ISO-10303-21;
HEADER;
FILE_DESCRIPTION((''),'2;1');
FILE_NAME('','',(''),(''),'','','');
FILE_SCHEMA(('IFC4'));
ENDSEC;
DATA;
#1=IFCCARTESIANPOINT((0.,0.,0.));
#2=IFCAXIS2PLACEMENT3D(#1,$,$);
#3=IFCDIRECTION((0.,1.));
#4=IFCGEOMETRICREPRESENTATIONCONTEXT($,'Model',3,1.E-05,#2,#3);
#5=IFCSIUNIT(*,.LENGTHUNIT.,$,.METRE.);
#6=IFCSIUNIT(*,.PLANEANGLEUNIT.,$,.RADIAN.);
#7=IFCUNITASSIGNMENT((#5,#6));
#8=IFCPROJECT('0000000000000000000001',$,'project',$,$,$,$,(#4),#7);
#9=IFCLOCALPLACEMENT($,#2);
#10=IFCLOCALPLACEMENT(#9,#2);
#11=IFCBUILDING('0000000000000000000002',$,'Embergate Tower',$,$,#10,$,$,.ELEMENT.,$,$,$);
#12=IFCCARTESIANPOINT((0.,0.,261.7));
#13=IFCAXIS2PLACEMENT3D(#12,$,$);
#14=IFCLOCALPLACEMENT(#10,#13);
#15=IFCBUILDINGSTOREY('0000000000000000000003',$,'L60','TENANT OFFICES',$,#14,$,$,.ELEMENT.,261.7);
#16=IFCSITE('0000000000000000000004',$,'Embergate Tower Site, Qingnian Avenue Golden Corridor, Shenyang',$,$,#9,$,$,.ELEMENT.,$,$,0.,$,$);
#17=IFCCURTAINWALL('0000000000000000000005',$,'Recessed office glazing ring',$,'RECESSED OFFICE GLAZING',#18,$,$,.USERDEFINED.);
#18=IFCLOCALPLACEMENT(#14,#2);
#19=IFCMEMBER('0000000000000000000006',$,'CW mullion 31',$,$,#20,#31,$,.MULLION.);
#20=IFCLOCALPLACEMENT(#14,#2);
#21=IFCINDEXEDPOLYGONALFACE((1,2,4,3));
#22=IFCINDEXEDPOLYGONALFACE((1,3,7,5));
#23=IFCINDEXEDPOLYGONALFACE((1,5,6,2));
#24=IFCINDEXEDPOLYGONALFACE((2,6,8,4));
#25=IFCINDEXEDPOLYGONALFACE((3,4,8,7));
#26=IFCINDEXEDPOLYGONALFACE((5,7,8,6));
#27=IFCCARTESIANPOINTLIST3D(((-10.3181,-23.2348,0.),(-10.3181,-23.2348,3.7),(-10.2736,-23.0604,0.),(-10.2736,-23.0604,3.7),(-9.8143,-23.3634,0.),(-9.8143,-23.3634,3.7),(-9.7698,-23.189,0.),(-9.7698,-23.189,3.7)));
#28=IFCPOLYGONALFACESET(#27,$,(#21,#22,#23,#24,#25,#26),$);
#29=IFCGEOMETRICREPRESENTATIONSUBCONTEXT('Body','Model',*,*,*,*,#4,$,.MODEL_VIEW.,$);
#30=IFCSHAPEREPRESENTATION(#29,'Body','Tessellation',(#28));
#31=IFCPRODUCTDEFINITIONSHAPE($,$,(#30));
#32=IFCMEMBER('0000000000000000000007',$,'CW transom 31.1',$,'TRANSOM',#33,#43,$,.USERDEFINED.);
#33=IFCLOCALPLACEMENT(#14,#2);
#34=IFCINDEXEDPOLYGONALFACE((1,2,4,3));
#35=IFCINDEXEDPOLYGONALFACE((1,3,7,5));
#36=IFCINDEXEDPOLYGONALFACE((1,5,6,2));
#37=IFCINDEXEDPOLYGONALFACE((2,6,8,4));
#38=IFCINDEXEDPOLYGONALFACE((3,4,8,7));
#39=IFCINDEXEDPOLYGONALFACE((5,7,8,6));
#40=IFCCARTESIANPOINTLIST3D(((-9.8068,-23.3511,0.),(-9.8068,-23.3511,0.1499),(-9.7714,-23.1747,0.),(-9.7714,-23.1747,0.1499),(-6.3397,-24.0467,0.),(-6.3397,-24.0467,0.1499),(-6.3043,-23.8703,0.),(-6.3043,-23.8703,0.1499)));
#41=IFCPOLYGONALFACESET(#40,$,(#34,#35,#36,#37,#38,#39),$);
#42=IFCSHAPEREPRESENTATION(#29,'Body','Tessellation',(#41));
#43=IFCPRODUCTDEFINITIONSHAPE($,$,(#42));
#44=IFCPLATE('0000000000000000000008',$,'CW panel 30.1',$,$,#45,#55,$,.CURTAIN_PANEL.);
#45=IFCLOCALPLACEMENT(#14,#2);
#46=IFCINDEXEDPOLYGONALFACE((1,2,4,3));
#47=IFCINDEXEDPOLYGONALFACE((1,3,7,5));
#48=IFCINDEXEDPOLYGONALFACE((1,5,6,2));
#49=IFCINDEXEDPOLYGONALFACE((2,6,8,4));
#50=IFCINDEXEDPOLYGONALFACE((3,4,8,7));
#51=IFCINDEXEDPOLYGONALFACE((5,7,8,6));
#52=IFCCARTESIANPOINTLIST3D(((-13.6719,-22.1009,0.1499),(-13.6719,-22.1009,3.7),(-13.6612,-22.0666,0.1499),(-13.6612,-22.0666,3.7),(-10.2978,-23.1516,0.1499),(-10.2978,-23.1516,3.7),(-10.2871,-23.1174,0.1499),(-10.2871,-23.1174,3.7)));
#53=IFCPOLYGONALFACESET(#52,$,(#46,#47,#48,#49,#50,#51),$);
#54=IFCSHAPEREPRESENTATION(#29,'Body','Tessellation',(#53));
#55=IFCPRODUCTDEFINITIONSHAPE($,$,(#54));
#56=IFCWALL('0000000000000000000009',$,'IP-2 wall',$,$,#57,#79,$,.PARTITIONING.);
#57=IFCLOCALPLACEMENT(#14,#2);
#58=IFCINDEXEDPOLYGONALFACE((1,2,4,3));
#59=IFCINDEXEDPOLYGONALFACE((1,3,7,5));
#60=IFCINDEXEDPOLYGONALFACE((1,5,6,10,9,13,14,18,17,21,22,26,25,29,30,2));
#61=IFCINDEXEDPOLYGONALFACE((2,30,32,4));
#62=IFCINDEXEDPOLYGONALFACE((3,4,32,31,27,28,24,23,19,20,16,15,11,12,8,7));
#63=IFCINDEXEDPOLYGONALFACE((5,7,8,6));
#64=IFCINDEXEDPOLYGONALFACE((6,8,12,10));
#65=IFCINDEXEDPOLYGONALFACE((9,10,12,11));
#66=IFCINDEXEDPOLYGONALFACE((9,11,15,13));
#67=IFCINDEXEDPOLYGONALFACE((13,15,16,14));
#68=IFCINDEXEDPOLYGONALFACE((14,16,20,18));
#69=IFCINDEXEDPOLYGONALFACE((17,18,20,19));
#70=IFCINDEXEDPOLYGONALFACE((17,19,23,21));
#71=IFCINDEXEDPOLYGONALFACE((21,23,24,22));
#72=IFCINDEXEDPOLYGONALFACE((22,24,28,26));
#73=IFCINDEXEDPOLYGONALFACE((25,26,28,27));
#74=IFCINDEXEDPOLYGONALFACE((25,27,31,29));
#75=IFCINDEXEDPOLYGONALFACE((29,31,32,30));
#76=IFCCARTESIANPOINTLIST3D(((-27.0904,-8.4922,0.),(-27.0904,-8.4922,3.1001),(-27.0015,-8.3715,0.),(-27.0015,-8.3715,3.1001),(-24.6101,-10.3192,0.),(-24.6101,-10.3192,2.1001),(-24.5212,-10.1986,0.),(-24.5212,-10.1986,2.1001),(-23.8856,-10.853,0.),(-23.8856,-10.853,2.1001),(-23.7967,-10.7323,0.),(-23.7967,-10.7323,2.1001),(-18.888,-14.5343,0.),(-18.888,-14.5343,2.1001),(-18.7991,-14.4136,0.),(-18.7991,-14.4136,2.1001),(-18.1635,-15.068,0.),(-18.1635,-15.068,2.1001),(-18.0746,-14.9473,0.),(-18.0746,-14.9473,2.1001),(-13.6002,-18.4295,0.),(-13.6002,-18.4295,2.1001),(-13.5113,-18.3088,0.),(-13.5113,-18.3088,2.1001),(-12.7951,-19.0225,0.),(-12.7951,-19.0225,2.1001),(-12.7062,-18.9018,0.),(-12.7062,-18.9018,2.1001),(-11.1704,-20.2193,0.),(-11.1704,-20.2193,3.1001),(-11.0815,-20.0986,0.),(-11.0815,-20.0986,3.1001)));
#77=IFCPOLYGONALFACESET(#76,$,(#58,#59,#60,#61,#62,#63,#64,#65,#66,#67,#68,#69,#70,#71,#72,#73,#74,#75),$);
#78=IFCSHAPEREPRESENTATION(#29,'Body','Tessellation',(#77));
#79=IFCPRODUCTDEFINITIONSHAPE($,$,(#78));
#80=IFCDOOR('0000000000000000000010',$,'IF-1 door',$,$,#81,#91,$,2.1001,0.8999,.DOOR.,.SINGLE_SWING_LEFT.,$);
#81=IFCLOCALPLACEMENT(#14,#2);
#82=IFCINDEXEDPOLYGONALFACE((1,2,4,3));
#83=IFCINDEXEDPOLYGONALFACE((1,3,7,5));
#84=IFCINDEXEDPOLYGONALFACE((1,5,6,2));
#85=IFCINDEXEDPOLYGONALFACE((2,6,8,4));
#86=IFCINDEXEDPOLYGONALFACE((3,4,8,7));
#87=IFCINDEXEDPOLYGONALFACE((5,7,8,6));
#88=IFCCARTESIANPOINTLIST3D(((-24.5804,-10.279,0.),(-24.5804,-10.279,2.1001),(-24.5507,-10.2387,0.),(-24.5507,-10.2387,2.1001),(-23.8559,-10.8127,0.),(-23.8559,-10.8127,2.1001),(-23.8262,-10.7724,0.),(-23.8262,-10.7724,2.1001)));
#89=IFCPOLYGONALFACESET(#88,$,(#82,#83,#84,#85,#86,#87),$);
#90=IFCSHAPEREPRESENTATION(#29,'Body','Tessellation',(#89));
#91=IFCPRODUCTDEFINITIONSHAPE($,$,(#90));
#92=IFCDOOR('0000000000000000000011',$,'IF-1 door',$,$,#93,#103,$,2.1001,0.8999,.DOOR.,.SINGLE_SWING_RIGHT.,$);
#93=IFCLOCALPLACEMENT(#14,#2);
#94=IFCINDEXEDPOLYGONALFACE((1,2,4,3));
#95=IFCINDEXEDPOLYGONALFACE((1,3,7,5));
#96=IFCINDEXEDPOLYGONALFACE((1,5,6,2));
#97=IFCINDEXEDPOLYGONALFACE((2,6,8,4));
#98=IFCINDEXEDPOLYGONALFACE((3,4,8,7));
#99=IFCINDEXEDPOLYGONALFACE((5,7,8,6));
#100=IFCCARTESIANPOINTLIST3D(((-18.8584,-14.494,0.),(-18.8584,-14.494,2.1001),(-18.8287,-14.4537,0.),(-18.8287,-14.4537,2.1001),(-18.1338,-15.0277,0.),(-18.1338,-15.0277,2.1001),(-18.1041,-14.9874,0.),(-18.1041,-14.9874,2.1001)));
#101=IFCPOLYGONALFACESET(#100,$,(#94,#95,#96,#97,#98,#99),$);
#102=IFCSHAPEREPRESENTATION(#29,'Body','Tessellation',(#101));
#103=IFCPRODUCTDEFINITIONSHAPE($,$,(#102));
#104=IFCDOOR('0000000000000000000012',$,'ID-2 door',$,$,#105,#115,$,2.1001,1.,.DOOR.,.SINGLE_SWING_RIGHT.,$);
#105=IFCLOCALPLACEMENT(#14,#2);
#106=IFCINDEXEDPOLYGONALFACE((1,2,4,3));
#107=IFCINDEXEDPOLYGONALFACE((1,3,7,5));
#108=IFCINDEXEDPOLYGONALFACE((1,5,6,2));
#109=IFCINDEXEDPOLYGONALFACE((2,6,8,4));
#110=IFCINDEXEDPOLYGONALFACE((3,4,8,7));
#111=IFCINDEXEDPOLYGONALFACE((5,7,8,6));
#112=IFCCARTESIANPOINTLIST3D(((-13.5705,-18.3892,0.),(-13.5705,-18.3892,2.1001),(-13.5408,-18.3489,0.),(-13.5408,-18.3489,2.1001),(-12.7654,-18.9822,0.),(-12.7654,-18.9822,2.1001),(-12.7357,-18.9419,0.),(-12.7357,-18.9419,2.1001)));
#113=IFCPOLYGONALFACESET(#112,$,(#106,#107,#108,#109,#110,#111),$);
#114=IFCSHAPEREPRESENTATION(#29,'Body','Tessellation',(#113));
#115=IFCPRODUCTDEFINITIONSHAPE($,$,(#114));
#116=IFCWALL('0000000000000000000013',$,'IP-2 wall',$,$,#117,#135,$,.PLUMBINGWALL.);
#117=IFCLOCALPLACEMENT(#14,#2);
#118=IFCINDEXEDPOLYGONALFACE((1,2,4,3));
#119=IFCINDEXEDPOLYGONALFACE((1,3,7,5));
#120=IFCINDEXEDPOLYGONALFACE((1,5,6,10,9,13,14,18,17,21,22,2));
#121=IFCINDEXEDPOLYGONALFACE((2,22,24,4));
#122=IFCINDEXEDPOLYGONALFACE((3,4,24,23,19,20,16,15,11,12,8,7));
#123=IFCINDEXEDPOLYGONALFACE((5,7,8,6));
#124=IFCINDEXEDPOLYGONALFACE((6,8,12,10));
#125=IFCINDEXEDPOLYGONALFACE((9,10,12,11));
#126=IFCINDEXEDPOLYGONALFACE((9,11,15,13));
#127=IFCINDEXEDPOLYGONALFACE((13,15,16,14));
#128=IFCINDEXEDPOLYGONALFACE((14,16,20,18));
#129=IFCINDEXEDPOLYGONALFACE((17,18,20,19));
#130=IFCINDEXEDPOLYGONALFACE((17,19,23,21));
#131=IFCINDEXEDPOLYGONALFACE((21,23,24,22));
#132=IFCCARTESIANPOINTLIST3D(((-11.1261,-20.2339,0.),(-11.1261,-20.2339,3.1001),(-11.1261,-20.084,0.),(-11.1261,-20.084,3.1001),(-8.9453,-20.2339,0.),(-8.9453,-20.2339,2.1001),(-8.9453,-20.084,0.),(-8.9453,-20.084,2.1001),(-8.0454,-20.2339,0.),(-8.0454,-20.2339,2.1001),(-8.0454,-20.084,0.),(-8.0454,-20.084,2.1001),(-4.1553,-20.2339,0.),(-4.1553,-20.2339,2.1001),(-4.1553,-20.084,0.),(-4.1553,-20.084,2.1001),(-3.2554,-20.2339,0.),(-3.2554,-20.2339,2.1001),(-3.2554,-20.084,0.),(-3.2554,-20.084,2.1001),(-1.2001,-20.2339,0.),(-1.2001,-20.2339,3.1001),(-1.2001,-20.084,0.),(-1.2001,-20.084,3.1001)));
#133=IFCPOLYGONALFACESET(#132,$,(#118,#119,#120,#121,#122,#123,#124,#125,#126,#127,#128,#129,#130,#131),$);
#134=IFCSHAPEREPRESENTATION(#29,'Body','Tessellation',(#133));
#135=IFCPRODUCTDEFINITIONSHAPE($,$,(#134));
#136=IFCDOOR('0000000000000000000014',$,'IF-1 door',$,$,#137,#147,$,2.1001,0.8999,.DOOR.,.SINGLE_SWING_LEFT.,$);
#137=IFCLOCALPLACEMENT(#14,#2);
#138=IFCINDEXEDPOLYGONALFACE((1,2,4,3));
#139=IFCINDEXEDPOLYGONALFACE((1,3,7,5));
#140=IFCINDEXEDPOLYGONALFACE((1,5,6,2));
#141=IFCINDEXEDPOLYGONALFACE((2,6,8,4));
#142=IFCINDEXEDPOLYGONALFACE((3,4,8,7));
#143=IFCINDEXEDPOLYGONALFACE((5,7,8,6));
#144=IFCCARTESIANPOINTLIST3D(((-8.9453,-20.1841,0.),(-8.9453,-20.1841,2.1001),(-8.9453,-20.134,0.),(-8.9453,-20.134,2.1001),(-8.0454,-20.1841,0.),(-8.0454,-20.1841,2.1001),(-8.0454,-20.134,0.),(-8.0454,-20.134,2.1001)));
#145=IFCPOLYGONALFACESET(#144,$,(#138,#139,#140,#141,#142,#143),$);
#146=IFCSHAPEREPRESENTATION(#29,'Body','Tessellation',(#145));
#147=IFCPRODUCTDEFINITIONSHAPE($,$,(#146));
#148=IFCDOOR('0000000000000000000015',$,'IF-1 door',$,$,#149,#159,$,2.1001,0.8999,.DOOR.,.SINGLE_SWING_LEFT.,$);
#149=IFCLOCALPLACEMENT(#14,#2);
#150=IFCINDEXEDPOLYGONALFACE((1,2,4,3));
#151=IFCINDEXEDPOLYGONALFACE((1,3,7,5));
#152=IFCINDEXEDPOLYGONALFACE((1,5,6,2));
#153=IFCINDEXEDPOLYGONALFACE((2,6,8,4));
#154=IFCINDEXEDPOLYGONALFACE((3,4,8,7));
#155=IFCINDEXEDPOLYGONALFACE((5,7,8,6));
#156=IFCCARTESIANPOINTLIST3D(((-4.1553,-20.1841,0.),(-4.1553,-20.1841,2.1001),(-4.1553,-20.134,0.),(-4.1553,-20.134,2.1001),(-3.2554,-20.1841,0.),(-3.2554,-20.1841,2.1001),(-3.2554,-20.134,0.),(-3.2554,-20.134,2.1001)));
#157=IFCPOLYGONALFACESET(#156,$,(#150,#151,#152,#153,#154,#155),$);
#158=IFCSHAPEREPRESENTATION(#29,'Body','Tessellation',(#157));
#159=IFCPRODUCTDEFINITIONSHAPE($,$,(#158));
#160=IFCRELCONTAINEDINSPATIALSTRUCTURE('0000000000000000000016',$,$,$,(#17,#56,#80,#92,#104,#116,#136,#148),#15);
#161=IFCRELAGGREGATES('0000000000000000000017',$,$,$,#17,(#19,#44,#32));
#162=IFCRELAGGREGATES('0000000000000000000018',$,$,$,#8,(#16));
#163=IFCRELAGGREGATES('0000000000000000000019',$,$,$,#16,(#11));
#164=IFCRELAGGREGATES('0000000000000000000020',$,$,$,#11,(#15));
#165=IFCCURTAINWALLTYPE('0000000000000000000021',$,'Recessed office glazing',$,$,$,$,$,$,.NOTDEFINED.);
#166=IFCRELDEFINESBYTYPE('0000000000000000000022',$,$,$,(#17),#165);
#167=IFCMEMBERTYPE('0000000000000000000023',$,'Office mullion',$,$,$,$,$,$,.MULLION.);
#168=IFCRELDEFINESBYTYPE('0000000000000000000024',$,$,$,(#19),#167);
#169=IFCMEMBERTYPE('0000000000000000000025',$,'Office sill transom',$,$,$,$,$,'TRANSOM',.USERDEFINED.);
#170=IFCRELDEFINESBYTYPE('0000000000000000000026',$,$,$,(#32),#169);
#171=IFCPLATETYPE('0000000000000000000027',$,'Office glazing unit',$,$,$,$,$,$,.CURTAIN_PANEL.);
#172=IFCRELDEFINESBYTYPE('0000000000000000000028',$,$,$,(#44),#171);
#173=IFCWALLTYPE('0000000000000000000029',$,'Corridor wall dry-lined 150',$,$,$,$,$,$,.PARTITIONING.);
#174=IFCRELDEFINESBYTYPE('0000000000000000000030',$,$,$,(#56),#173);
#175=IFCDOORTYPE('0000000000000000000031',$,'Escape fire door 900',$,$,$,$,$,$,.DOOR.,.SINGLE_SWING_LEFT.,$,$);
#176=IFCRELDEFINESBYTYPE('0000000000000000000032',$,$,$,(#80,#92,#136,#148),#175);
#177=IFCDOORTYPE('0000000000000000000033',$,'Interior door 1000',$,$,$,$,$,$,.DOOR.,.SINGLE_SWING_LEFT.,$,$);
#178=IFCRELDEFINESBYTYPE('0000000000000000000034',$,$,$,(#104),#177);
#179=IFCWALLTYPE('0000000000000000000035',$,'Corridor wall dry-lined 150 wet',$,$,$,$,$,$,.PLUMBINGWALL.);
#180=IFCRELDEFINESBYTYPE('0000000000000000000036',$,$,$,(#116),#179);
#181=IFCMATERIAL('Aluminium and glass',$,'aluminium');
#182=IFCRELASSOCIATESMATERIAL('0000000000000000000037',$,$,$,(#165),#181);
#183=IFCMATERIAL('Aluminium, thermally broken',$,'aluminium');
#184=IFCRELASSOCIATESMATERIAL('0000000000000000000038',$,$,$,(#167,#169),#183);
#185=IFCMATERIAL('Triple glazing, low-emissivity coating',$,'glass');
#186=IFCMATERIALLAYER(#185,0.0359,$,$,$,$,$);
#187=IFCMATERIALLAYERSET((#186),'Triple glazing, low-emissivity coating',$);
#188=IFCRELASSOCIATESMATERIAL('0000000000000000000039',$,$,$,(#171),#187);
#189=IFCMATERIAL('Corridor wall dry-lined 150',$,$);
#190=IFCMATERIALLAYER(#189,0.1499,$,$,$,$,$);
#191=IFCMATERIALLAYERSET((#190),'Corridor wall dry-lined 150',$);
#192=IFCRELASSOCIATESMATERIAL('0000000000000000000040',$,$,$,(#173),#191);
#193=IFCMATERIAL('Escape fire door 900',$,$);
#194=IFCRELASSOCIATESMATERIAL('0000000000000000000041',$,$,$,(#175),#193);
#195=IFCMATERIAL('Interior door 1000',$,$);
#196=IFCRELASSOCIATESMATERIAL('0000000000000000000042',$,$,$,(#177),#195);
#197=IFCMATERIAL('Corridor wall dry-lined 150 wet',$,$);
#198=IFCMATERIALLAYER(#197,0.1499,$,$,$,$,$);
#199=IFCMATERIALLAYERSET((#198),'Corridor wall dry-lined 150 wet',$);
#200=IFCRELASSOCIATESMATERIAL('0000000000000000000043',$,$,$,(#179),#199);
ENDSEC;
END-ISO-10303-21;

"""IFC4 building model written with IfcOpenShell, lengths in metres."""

from ifc_helpers import new_model, si_unit, direction, frame, frame_2d, origin, origin_2d, place, context, subcontext, project, spatial, rectangle, extrude, source, transform, mapped, material, layer, layer_set, material_profile, profile_set, type_object, element, fill, aggregate, save


model = new_model("IFC4")

# Units and contexts
model_context = context("Model", 3, precision=1e-05, world=origin(), true_north=direction((0.0, 1.0)))
body_context = subcontext(model_context, "Body", "Model", "MODEL_VIEW")
ifc_project = project(units=[si_unit("LENGTHUNIT", "METRE"), si_unit("PLANEANGLEUNIT", "RADIAN")], contexts=[model_context])

# Site, building, storey
site_placement = place(None, origin())
site = spatial("IfcSite", under=ifc_project, at=site_placement, Name="Embergate Tower Site, Qingnian Avenue Golden Corridor, Shenyang", CompositionType="ELEMENT", RefElevation=0.0)
building_placement = place(site_placement, origin())
building = spatial("IfcBuilding", under=site, at=building_placement, Name="Embergate Tower", CompositionType="ELEMENT")
storey_placement = place(building_placement, frame((0.0, 0.0, 261.7)))
storey = spatial("IfcBuildingStorey", under=building, at=storey_placement, Name="L60", Description="TENANT OFFICES", CompositionType="ELEMENT", Elevation=261.7)

# Curtain wall, members, plate
ifc_material_1 = material(Name="Aluminium and glass", Category="aluminium")
curtain_wall_type = type_object("IfcCurtainWallType", Name="Recessed office glazing", PredefinedType="NOTDEFINED", material=ifc_material_1)
curtain_wall_placement = place(storey_placement, origin())
curtain_wall = element("IfcCurtainWall", 1, at=curtain_wall_placement, inside=storey, type_object=curtain_wall_type, Name="Recessed office glazing ring", ObjectType="RECESSED OFFICE GLAZING", PredefinedType="USERDEFINED")
ifc_material_2 = material(Name="Aluminium, thermally broken", Category="aluminium")
ifc_material_profile_1 = material_profile(ifc_material_2, rectangle(XDim=0.1799, YDim=0.52, at=origin_2d()), Name="AL 520x180")
ifc_profile_set_1 = profile_set([ifc_material_profile_1], Name="Aluminium, thermally broken")
member_type_1 = type_object("IfcMemberType", Name="Office mullion", PredefinedType="MULLION", material=ifc_profile_set_1)
shared_shape_1 = source(origin(), body_context, "Body", "SweptSolid", [
    extrude(rectangle(XDim=0.1799, YDim=0.52, at=origin_2d()), origin(), (0.0, 0.0, 1.0), 3.7),
])
member_1_placement = place(storey_placement, frame((-10.0439, -23.2119, 0.0), z_axis=(0.0, 0.0, 1.0), x_axis=(0.247308, 0.968937, 0.0)))
member_1 = element("IfcMember", 2, at=member_1_placement, type_object=member_type_1, Name="CW mullion 31", PredefinedType="MULLION", context=body_context, shape_type="MappedRepresentation", body=[
    mapped(shared_shape_1, transform((0.0, 0.0, 0.0))),
])
ifc_material_profile_2 = material_profile(ifc_material_2, rectangle(XDim=0.1799, YDim=0.1499, at=origin_2d()), Name="AL 150x180")
ifc_profile_set_2 = profile_set([ifc_material_profile_2], Name="Aluminium, thermally broken")
member_type_2 = type_object("IfcMemberType", Name="Office sill transom", ElementType="TRANSOM", PredefinedType="USERDEFINED", material=ifc_profile_set_2)
shared_shape_2 = source(origin(), body_context, "Body", "SweptSolid", [
    extrude(rectangle(XDim=0.1799, YDim=0.1499, at=origin_2d()), origin(), (0.0, 0.0, 1.0), 3.5361),
])
member_2_placement = place(storey_placement, frame((-9.7891, -23.2629, 0.075), z_axis=(0.980464, -0.1967, 0.0), x_axis=(0.1967, 0.980464, 0.0)))
member_2 = element("IfcMember", 3, at=member_2_placement, type_object=member_type_2, Name="CW transom 31.1", ObjectType="TRANSOM", PredefinedType="USERDEFINED", context=body_context, shape_type="MappedRepresentation", body=[
    mapped(shared_shape_2, transform((0.0, 0.0, 0.0))),
])
ifc_material_3 = material(Name="Triple glazing, low-emissivity coating", Category="glass")
ifc_layer_1 = layer(ifc_material_3, 0.0359)
ifc_layer_set_1 = layer_set([ifc_layer_1], Name="Triple glazing, low-emissivity coating")
plate_type = type_object("IfcPlateType", Name="Office glazing unit", PredefinedType="CURTAIN_PANEL", material=ifc_layer_set_1)
shared_shape_3 = source(origin(), body_context, "Body", "SweptSolid", [
    extrude(rectangle(XDim=3.5339, YDim=0.0359, at=origin_2d()), origin(), (0.0, 0.0, 1.0), 3.55),
])
plate_placement = place(storey_placement, frame((-11.9795, -22.6091, 0.1499), z_axis=(0.0, 0.0, 1.0), x_axis=(0.954773, -0.297337, 0.0)))
plate = element("IfcPlate", 4, at=plate_placement, type_object=plate_type, Name="CW panel 30.1", PredefinedType="CURTAIN_PANEL", context=body_context, shape_type="MappedRepresentation", body=[
    mapped(shared_shape_3, transform((0.0, 0.0, 0.0))),
])
aggregate(curtain_wall, [member_1, plate, member_2])

# Walls, openings, doors
ifc_material_4 = material(Name="Corridor wall dry-lined 150")
ifc_layer_2 = layer(ifc_material_4, 0.1499)
ifc_layer_set_2 = layer_set([ifc_layer_2], Name="Corridor wall dry-lined 150")
wall_type_1 = type_object("IfcWallType", Name="Corridor wall dry-lined 150", PredefinedType="PARTITIONING", material=ifc_layer_set_2)
shared_shape_4 = source(origin(), body_context, "Body", "SweptSolid", [
    extrude(rectangle(XDim=19.7729, YDim=0.1499, at=frame_2d((9.8865, 0.0))), origin(), (0.0, 0.0, 1.0), 3.1001),
])
wall_1_placement = place(storey_placement, frame((-11.126, -20.1589, 0.0), z_axis=(0.0, 0.0, 1.0), x_axis=(-0.805138, 0.593087, 0.0)))
wall_1 = element("IfcWall", 5, at=wall_1_placement, inside=storey, type_object=wall_type_1, Name="IP-2 wall", PredefinedType="PARTITIONING", context=body_context, shape_type="MappedRepresentation", body=[
    mapped(shared_shape_4, transform((0.0, 0.0, 0.0))),
])
shared_shape_5 = source(origin(), body_context, "Body", "SweptSolid", [
    extrude(rectangle(XDim=0.8999, YDim=2.1001, at=frame_2d((0.45, 1.05))), frame((0.0, 0.085, 0.0), z_axis=(0.0, -1.0, 0.0), x_axis=(1.0, 0.0, 0.0)), (0.0, 0.0, 1.0), 0.1699),
])
opening_1_placement = place(wall_1_placement, frame((15.7925, 0.0, 0.0)))
opening_1 = element("IfcOpeningElement", 6, at=opening_1_placement, cuts=wall_1, PredefinedType="OPENING", context=body_context, shape_type="MappedRepresentation", body=[
    mapped(shared_shape_5, transform((0.0, 0.0, 0.0))),
])
opening_2_placement = place(wall_1_placement, frame((8.6855, 0.0, 0.0)))
opening_2 = element("IfcOpeningElement", 7, at=opening_2_placement, cuts=wall_1, PredefinedType="OPENING", context=body_context, shape_type="MappedRepresentation", body=[
    mapped(shared_shape_5, transform((0.0, 0.0, 0.0))),
])
shared_shape_6 = source(origin(), body_context, "Body", "SweptSolid", [
    extrude(rectangle(XDim=1.0, YDim=2.1001, at=frame_2d((0.5, 1.05))), frame((0.0, 0.085, 0.0), z_axis=(0.0, -1.0, 0.0), x_axis=(1.0, 0.0, 0.0)), (0.0, 0.0, 1.0), 0.1699),
])
opening_3_placement = place(wall_1_placement, frame((2.0178, 0.0, 0.0)))
opening_3 = element("IfcOpeningElement", 8, at=opening_3_placement, cuts=wall_1, PredefinedType="OPENING", context=body_context, shape_type="MappedRepresentation", body=[
    mapped(shared_shape_6, transform((0.0, 0.0, 0.0))),
])
ifc_material_5 = material(Name="Escape fire door 900")
door_type_1 = type_object("IfcDoorType", Name="Escape fire door 900", OperationType="SINGLE_SWING_LEFT", PredefinedType="DOOR", material=ifc_material_5)
shared_shape_7 = source(origin(), body_context, "Body", "SweptSolid", [
    extrude(rectangle(XDim=0.8999, YDim=2.1001, at=frame_2d((0.45, 1.05))), frame((0.0, 0.0249, 0.0), z_axis=(0.0, -1.0, 0.0), x_axis=(1.0, 0.0, 0.0)), (0.0, 0.0, 1.0), 0.05),
])
door_1_placement = place(opening_1_placement, origin())
door_1 = element("IfcDoor", 9, at=door_1_placement, inside=storey, type_object=door_type_1, Name="IF-1 door", OperationType="SINGLE_SWING_LEFT", OverallHeight=2.1001, OverallWidth=0.8999, PredefinedType="DOOR", context=body_context, shape_type="MappedRepresentation", body=[
    mapped(shared_shape_7, transform((0.0, 0.0, 0.0))),
])
fill(opening_1, door_1)
door_2_placement = place(opening_2_placement, origin())
door_2 = element("IfcDoor", 10, at=door_2_placement, inside=storey, type_object=door_type_1, Name="IF-1 door", OperationType="SINGLE_SWING_RIGHT", OverallHeight=2.1001, OverallWidth=0.8999, PredefinedType="DOOR", context=body_context, shape_type="MappedRepresentation", body=[
    mapped(shared_shape_7, transform((0.0, 0.0, 0.0))),
])
fill(opening_2, door_2)
ifc_material_6 = material(Name="Interior door 1000")
door_type_2 = type_object("IfcDoorType", Name="Interior door 1000", OperationType="SINGLE_SWING_LEFT", PredefinedType="DOOR", material=ifc_material_6)
shared_shape_8 = source(origin(), body_context, "Body", "SweptSolid", [
    extrude(rectangle(XDim=1.0, YDim=2.1001, at=frame_2d((0.5, 1.05))), frame((0.0, 0.0249, 0.0), z_axis=(0.0, -1.0, 0.0), x_axis=(1.0, 0.0, 0.0)), (0.0, 0.0, 1.0), 0.05),
])
door_3_placement = place(opening_3_placement, origin())
door_3 = element("IfcDoor", 11, at=door_3_placement, inside=storey, type_object=door_type_2, Name="ID-2 door", OperationType="SINGLE_SWING_RIGHT", OverallHeight=2.1001, OverallWidth=1.0, PredefinedType="DOOR", context=body_context, shape_type="MappedRepresentation", body=[
    mapped(shared_shape_8, transform((0.0, 0.0, 0.0))),
])
fill(opening_3, door_3)
ifc_material_7 = material(Name="Corridor wall dry-lined 150 wet")
ifc_layer_3 = layer(ifc_material_7, 0.1499)
ifc_layer_set_3 = layer_set([ifc_layer_3], Name="Corridor wall dry-lined 150 wet")
wall_type_2 = type_object("IfcWallType", Name="Corridor wall dry-lined 150 wet", PredefinedType="PLUMBINGWALL", material=ifc_layer_set_3)
shared_shape_9 = source(origin(), body_context, "Body", "SweptSolid", [
    extrude(rectangle(XDim=9.926, YDim=0.1499, at=frame_2d((4.9629, 0.0))), origin(), (0.0, 0.0, 1.0), 3.1001),
])
wall_2_placement = place(storey_placement, frame((-11.126, -20.1589, 0.0), z_axis=(0.0, 0.0, 1.0), x_axis=(1.0, 0.0, 0.0)))
wall_2 = element("IfcWall", 12, at=wall_2_placement, inside=storey, type_object=wall_type_2, Name="IP-2 wall", PredefinedType="PLUMBINGWALL", context=body_context, shape_type="MappedRepresentation", body=[
    mapped(shared_shape_9, transform((0.0, 0.0, 0.0))),
])
opening_4_placement = place(wall_2_placement, frame((2.1807, 0.0, 0.0)))
opening_4 = element("IfcOpeningElement", 13, at=opening_4_placement, cuts=wall_2, PredefinedType="OPENING", context=body_context, shape_type="MappedRepresentation", body=[
    mapped(shared_shape_5, transform((0.0, 0.0, 0.0))),
])
opening_5_placement = place(wall_2_placement, frame((6.9707, 0.0, 0.0)))
opening_5 = element("IfcOpeningElement", 14, at=opening_5_placement, cuts=wall_2, PredefinedType="OPENING", context=body_context, shape_type="MappedRepresentation", body=[
    mapped(shared_shape_5, transform((0.0, 0.0, 0.0))),
])
door_4_placement = place(opening_4_placement, origin())
door_4 = element("IfcDoor", 15, at=door_4_placement, inside=storey, type_object=door_type_1, Name="IF-1 door", OperationType="SINGLE_SWING_LEFT", OverallHeight=2.1001, OverallWidth=0.8999, PredefinedType="DOOR", context=body_context, shape_type="MappedRepresentation", body=[
    mapped(shared_shape_7, transform((0.0, 0.0, 0.0))),
])
fill(opening_4, door_4)
door_5_placement = place(opening_5_placement, origin())
door_5 = element("IfcDoor", 16, at=door_5_placement, inside=storey, type_object=door_type_1, Name="IF-1 door", OperationType="SINGLE_SWING_LEFT", OverallHeight=2.1001, OverallWidth=0.8999, PredefinedType="DOOR", context=body_context, shape_type="MappedRepresentation", body=[
    mapped(shared_shape_7, transform((0.0, 0.0, 0.0))),
])
fill(opening_5, door_5)

save(model, "model.ifc")
